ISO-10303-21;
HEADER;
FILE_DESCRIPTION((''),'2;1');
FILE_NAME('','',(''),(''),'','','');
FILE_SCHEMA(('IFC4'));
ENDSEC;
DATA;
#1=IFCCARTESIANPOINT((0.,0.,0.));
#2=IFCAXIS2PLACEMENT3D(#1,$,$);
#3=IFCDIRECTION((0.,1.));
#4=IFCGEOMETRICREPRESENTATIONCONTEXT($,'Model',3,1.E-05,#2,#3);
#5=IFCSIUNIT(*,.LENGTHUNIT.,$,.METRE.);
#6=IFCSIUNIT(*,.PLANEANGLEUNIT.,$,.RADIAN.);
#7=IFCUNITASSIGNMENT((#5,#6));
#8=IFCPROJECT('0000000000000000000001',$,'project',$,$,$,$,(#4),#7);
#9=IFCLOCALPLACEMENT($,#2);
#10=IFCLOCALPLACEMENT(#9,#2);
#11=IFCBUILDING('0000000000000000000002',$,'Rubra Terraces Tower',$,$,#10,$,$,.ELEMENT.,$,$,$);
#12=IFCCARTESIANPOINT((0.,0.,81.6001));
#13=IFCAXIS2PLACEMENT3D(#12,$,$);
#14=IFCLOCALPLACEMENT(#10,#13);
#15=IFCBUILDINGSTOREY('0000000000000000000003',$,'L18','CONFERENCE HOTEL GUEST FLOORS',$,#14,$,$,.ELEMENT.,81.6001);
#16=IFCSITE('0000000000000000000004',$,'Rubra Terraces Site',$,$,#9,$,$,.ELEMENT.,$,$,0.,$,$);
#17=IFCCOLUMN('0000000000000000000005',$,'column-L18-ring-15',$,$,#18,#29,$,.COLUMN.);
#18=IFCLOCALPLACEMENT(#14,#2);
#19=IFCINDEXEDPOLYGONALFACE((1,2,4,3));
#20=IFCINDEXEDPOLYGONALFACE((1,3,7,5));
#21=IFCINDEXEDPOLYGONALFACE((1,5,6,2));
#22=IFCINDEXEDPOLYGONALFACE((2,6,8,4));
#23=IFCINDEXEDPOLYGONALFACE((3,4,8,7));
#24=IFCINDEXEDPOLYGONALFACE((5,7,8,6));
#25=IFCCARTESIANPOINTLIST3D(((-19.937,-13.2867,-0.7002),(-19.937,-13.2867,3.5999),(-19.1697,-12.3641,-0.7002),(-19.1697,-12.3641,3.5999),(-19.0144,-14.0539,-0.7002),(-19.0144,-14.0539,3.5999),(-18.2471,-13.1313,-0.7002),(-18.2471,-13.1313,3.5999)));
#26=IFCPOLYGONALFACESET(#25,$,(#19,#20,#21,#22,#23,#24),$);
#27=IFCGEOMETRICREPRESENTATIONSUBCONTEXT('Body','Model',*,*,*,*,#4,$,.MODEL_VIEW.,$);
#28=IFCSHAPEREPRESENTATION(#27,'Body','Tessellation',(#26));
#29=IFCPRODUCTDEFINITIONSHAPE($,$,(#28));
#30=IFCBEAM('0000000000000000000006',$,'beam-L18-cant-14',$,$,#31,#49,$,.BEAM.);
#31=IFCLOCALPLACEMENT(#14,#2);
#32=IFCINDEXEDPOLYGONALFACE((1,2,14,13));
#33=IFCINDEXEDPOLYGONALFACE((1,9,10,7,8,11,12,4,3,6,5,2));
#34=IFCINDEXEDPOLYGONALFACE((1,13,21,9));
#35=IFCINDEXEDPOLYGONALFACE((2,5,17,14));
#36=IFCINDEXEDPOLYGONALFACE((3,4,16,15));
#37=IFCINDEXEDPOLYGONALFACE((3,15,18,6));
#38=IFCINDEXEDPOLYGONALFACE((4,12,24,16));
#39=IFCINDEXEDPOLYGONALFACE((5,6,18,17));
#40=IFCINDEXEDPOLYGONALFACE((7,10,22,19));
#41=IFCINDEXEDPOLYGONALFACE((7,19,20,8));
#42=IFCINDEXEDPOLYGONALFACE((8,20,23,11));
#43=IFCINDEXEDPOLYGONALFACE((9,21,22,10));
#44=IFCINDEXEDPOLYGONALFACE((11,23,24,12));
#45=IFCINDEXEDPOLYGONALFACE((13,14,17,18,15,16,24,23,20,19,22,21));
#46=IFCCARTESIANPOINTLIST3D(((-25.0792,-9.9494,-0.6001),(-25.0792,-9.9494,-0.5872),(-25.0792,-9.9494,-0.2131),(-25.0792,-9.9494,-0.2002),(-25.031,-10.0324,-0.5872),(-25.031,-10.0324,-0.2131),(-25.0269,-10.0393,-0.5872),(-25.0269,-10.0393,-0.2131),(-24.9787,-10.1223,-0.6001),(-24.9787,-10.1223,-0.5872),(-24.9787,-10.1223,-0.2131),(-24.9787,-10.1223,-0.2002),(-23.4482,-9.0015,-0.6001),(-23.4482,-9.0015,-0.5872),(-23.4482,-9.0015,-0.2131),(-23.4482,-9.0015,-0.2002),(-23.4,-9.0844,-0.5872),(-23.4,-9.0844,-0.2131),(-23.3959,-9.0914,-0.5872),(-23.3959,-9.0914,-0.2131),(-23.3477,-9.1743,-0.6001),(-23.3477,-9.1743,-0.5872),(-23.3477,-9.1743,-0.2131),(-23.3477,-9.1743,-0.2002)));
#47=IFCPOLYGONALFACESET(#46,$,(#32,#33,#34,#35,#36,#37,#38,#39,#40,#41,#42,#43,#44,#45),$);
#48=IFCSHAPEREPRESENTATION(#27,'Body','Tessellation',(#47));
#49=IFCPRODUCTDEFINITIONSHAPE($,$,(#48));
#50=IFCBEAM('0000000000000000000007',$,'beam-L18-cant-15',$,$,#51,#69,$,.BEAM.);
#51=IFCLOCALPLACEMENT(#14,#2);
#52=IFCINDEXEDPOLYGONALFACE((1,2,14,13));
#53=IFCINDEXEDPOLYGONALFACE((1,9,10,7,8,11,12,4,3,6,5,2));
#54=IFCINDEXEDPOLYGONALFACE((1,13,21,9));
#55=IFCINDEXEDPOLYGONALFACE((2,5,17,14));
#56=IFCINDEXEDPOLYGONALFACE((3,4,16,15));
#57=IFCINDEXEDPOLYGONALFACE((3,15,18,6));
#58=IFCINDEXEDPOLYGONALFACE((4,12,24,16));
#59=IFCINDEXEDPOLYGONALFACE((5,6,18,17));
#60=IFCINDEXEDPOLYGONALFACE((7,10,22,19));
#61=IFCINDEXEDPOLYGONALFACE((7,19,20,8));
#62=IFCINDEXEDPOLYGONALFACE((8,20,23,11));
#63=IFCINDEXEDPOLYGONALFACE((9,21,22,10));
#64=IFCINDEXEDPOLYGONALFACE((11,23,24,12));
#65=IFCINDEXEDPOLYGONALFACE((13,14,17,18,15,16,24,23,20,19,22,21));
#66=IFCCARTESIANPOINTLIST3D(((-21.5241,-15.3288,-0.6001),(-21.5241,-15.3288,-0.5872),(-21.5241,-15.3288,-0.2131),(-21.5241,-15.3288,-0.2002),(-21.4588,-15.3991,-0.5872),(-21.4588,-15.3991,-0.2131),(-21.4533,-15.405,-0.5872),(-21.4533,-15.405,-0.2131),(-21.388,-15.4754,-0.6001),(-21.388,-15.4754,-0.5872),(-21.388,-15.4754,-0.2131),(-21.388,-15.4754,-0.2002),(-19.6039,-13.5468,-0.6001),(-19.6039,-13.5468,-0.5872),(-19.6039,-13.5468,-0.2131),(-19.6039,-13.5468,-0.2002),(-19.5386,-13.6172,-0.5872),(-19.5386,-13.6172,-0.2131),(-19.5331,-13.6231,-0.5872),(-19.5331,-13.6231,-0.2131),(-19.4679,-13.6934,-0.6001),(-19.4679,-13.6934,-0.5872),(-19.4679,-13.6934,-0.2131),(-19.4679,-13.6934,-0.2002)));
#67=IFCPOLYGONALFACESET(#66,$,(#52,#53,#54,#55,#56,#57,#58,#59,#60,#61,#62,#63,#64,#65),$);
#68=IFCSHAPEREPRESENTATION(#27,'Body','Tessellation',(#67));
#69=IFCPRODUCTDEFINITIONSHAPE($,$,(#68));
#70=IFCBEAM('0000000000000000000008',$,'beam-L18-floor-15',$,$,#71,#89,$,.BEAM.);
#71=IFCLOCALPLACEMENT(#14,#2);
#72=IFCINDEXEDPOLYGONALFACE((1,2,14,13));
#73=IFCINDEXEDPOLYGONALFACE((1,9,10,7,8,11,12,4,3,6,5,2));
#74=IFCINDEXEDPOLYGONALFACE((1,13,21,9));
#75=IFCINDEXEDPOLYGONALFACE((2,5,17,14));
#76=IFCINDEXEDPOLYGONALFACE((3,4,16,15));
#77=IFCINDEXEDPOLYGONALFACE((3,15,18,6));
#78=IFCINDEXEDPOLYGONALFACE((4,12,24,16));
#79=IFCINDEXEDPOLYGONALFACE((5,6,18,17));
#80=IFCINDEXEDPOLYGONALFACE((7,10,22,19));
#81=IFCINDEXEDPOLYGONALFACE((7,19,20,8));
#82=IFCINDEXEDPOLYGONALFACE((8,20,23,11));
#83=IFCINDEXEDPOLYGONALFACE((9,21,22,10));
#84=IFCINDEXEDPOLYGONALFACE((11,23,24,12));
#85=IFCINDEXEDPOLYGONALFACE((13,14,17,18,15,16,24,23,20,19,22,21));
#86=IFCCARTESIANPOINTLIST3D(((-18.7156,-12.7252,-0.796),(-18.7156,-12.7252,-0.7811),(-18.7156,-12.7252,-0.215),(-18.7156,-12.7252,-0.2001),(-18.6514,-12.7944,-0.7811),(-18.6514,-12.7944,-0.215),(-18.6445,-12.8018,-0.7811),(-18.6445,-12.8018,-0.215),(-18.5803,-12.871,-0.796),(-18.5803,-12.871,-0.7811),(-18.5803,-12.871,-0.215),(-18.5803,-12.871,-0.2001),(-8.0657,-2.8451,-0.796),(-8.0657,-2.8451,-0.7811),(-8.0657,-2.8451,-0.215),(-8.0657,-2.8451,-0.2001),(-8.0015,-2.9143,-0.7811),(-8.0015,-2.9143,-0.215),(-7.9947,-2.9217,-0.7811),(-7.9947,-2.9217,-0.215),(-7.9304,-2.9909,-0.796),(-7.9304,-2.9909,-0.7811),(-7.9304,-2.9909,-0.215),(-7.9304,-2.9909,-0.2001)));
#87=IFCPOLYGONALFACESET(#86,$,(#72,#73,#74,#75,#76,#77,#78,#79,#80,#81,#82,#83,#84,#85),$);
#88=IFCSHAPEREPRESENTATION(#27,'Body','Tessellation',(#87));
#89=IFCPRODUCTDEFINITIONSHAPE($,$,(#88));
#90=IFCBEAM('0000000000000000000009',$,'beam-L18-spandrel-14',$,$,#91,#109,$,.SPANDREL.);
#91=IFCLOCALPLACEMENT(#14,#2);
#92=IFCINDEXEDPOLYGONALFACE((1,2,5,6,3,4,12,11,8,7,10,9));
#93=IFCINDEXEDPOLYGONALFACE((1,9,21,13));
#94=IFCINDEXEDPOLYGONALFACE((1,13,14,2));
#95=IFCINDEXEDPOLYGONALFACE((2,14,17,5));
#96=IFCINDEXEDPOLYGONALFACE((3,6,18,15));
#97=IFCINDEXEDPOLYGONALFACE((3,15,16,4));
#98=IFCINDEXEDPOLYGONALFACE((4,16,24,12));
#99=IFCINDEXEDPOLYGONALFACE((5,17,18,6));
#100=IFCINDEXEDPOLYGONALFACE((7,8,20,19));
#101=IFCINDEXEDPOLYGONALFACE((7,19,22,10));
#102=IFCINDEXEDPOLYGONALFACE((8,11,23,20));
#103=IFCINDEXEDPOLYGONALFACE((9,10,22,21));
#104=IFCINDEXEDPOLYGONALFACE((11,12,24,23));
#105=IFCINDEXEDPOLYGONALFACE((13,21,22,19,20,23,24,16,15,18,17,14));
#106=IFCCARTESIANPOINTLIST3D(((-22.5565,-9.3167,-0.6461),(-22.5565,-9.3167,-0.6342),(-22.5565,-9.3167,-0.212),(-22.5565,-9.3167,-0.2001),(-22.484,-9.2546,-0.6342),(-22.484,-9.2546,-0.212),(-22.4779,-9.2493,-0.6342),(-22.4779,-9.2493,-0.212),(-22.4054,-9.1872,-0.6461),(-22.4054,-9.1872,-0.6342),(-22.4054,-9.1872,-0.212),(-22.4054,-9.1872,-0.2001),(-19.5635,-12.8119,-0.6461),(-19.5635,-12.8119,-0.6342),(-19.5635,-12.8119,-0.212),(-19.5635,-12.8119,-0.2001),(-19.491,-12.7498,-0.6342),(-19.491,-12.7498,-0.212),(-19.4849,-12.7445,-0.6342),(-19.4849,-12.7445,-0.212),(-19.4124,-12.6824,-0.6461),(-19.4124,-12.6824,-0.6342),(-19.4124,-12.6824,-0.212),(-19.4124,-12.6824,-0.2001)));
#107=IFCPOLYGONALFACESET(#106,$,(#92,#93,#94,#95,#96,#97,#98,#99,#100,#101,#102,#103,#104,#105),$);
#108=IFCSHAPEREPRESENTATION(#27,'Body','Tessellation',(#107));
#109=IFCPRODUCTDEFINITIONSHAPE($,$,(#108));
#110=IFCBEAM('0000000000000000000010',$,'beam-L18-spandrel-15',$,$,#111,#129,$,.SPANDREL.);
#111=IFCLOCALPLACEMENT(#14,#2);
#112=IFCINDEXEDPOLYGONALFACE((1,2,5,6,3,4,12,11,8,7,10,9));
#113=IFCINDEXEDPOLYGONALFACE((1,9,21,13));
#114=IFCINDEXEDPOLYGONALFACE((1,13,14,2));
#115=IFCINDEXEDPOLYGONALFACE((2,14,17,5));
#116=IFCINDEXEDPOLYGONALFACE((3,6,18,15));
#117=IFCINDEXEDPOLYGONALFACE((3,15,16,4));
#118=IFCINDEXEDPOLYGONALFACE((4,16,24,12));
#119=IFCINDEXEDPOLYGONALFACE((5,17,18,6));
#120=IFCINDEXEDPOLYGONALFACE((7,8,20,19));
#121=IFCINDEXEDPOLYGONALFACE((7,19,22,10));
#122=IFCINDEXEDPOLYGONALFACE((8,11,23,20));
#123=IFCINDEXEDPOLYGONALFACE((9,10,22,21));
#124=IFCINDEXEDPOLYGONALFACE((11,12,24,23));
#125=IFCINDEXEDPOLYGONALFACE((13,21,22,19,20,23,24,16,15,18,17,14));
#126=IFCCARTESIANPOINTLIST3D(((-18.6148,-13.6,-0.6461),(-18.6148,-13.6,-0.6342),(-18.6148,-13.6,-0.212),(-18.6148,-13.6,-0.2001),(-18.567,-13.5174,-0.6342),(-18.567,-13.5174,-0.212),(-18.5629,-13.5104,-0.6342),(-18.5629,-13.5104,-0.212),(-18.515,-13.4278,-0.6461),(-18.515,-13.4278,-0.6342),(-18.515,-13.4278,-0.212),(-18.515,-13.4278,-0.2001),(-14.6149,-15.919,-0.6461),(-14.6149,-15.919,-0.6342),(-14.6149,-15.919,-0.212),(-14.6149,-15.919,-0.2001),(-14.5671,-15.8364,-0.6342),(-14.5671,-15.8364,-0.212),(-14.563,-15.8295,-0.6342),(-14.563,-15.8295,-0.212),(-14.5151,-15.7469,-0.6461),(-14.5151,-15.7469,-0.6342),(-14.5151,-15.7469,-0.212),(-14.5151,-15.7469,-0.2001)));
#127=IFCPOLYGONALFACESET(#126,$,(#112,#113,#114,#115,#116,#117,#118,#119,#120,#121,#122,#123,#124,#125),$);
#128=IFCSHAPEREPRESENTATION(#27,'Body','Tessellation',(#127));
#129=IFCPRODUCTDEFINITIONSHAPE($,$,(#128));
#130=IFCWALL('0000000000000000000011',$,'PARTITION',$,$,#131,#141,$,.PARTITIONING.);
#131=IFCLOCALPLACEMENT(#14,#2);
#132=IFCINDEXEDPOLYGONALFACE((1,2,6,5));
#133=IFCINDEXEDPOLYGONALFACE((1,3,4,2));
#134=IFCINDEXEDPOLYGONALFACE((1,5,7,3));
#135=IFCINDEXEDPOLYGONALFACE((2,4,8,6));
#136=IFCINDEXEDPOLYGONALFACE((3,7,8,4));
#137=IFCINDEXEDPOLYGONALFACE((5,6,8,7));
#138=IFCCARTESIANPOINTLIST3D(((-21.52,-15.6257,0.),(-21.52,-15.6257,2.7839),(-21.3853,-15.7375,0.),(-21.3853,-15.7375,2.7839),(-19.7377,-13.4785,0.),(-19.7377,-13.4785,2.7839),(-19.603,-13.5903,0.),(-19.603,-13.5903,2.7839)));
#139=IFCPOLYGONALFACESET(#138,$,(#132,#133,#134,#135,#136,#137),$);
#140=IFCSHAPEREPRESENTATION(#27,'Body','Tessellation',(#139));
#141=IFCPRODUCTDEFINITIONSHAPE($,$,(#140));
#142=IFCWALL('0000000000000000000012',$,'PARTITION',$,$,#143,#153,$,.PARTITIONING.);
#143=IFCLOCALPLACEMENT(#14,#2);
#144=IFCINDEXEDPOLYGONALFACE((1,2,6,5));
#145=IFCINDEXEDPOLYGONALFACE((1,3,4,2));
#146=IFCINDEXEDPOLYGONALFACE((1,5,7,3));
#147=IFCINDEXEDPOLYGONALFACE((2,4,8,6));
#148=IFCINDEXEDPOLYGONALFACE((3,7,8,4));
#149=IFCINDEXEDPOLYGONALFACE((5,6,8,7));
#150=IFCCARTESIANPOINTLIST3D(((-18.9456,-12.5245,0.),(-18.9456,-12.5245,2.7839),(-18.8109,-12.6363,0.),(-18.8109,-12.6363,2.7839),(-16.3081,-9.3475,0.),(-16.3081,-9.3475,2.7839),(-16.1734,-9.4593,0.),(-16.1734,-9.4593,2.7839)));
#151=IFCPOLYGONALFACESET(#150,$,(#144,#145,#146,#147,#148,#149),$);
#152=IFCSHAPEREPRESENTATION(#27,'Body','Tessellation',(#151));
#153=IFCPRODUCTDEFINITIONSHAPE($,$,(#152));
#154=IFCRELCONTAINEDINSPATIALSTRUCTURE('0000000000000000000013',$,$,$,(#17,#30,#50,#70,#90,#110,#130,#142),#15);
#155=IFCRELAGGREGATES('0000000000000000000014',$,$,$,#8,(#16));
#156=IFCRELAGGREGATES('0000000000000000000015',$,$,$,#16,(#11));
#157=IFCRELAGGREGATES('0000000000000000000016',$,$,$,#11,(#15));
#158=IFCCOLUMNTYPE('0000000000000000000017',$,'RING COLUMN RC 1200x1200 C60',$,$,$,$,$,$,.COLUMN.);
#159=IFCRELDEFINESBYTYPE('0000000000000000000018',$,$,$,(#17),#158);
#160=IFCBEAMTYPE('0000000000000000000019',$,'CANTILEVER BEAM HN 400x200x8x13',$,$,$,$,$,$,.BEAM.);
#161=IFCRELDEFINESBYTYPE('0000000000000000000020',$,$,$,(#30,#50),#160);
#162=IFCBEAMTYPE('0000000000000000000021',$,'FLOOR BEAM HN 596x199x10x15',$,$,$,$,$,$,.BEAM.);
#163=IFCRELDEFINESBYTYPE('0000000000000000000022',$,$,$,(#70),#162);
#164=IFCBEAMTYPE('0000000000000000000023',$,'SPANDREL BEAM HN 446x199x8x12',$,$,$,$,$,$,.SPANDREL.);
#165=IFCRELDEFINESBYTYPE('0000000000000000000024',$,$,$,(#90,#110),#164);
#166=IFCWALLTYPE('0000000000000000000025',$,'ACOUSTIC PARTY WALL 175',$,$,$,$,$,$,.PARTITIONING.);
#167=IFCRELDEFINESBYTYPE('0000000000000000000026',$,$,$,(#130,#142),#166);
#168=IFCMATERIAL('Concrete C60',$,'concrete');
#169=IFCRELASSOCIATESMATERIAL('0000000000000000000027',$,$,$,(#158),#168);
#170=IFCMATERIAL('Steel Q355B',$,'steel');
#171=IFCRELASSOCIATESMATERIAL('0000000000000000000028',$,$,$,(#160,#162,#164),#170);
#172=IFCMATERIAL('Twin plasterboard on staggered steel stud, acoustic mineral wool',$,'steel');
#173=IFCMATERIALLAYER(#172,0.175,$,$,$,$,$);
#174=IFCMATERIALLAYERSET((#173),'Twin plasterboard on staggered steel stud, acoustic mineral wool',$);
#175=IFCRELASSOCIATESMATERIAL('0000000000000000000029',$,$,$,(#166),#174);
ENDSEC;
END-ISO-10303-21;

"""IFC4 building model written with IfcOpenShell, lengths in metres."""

from ifc_helpers import new_model, si_unit, direction, frame, frame_2d, origin, origin_2d, place, context, subcontext, project, spatial, rectangle, i_section, extrude, material, layer, layer_set, material_profile, profile_set, type_object, element, save


model = new_model("IFC4")

# Units and contexts
model_context = context("Model", 3, precision=1e-05, world=origin(), true_north=direction((0.0, 1.0)))
body_context = subcontext(model_context, "Body", "Model", "MODEL_VIEW")
ifc_project = project(units=[si_unit("LENGTHUNIT", "METRE"), si_unit("PLANEANGLEUNIT", "RADIAN")], contexts=[model_context])

# Site, building, storey
site_placement = place(None, origin())
site = spatial("IfcSite", under=ifc_project, at=site_placement, Name="Rubra Terraces Site", CompositionType="ELEMENT", RefElevation=0.0)
building_placement = place(site_placement, origin())
building = spatial("IfcBuilding", under=site, at=building_placement, Name="Rubra Terraces Tower", CompositionType="ELEMENT")
storey_placement = place(building_placement, frame((0.0, 0.0, 81.6001)))
storey = spatial("IfcBuildingStorey", under=building, at=storey_placement, Name="L18", Description="CONFERENCE HOTEL GUEST FLOORS", CompositionType="ELEMENT", Elevation=81.6001)

# Column
ifc_material_1 = material(Name="Concrete C60", Category="concrete")
ifc_material_profile_1 = material_profile(ifc_material_1, rectangle(XDim=1.2, YDim=1.2, at=origin_2d()), Name="RC 1200x1200")
ifc_profile_set_1 = profile_set([ifc_material_profile_1], Name="Concrete C60")
column_type = type_object("IfcColumnType", Name="RING COLUMN RC 1200x1200 C60", PredefinedType="COLUMN", material=ifc_profile_set_1)
column_placement = place(storey_placement, frame((-19.092, -13.209, -0.7002), z_axis=(0.0, 0.0, 1.0), x_axis=(0.76887, -0.639405, 0.0)))
element("IfcColumn", 1, at=column_placement, inside=storey, type_object=column_type, Name="column-L18-ring-15", PredefinedType="COLUMN", context=body_context, shape_type="SweptSolid", body=[
    extrude(rectangle(XDim=1.2, YDim=1.2, at=origin_2d()), origin(), (0.0, 0.0, 1.0), 4.3),
])

# Beams
ifc_material_2 = material(Name="Steel Q355B", Category="steel")
ifc_material_profile_2 = material_profile(ifc_material_2, i_section(OverallWidth=0.2, OverallDepth=0.3999, WebThickness=0.0081, FlangeThickness=0.0129, at=origin_2d()), Name="HN 400x200x8x13")
ifc_profile_set_2 = profile_set([ifc_material_profile_2], Name="Steel Q355B")
beam_type_1 = type_object("IfcBeamType", Name="CANTILEVER BEAM HN 400x200x8x13", PredefinedType="BEAM", material=ifc_profile_set_2)
beam_1_placement = place(storey_placement, frame((-23.3979, -9.0879, -0.4001), z_axis=(-0.86458, -0.502494, 0.0), x_axis=(0.502494, -0.86458, 0.0)))
element("IfcBeam", 2, at=beam_1_placement, inside=storey, type_object=beam_type_1, Name="beam-L18-cant-14", PredefinedType="BEAM", context=body_context, shape_type="SweptSolid", body=[
    extrude(i_section(OverallWidth=0.2, OverallDepth=0.3999, WebThickness=0.0081, FlangeThickness=0.0129, at=origin_2d()), origin(), (0.0, 0.0, 1.0), 1.8865),
])
beam_2_placement = place(storey_placement, frame((-19.5359, -13.6201, -0.4001), z_axis=(-0.732989, -0.68024, 0.0), x_axis=(0.68024, -0.732989, 0.0)))
element("IfcBeam", 3, at=beam_2_placement, inside=storey, type_object=beam_type_1, Name="beam-L18-cant-15", PredefinedType="BEAM", context=body_context, shape_type="SweptSolid", body=[
    extrude(i_section(OverallWidth=0.2, OverallDepth=0.3999, WebThickness=0.0081, FlangeThickness=0.0129, at=origin_2d()), origin(), (0.0, 0.0, 1.0), 2.6196),
])
ifc_material_profile_3 = material_profile(ifc_material_2, i_section(OverallWidth=0.199, OverallDepth=0.5959, WebThickness=0.01, FlangeThickness=0.0149, at=origin_2d()), Name="HN 596x199x10x15")
ifc_profile_set_3 = profile_set([ifc_material_profile_3], Name="Steel Q355B")
beam_type_2 = type_object("IfcBeamType", Name="FLOOR BEAM HN 596x199x10x15", PredefinedType="BEAM", material=ifc_profile_set_3)
beam_3_placement = place(storey_placement, frame((-18.6479, -12.7981, -0.498), z_axis=(0.733105, 0.680116, 0.0), x_axis=(-0.680116, 0.733105, 0.0)))
element("IfcBeam", 4, at=beam_3_placement, inside=storey, type_object=beam_type_2, Name="beam-L18-floor-15", PredefinedType="BEAM", context=body_context, shape_type="SweptSolid", body=[
    extrude(i_section(OverallWidth=0.199, OverallDepth=0.5959, WebThickness=0.01, FlangeThickness=0.0149, at=origin_2d()), origin(), (0.0, 0.0, 1.0), 14.5271),
])
ifc_material_profile_4 = material_profile(ifc_material_2, i_section(OverallWidth=0.199, OverallDepth=0.446, WebThickness=0.0081, FlangeThickness=0.012, at=origin_2d()), Name="HN 446x199x8x12")
ifc_profile_set_4 = profile_set([ifc_material_profile_4], Name="Steel Q355B")
beam_type_3 = type_object("IfcBeamType", Name="SPANDREL BEAM HN 446x199x8x12", PredefinedType="SPANDREL", material=ifc_profile_set_4)
beam_4_placement = place(storey_placement, frame((-22.481, -9.252, -0.4231), z_axis=(0.650429, -0.759567, 0.0), x_axis=(0.759567, 0.650429, 0.0)))
element("IfcBeam", 5, at=beam_4_placement, inside=storey, type_object=beam_type_3, Name="beam-L18-spandrel-14", PredefinedType="SPANDREL", context=body_context, shape_type="SweptSolid", body=[
    extrude(i_section(OverallWidth=0.199, OverallDepth=0.446, WebThickness=0.0081, FlangeThickness=0.012, at=origin_2d()), origin(), (0.0, 0.0, 1.0), 4.6016),
])
beam_5_placement = place(storey_placement, frame((-18.5649, -13.5139, -0.4231), z_axis=(0.865116, -0.501571, 0.0), x_axis=(0.501571, 0.865116, 0.0)))
element("IfcBeam", 6, at=beam_5_placement, inside=storey, type_object=beam_type_3, Name="beam-L18-spandrel-15", PredefinedType="SPANDREL", context=body_context, shape_type="SweptSolid", body=[
    extrude(i_section(OverallWidth=0.199, OverallDepth=0.446, WebThickness=0.0081, FlangeThickness=0.012, at=origin_2d()), origin(), (0.0, 0.0, 1.0), 4.6235),
])

# Walls
ifc_material_3 = material(Name="Twin plasterboard on staggered steel stud, acoustic mineral wool", Category="steel")
ifc_layer_1 = layer(ifc_material_3, 0.175)
ifc_layer_set_1 = layer_set([ifc_layer_1], Name="Twin plasterboard on staggered steel stud, acoustic mineral wool")
wall_type_1 = type_object("IfcWallType", Name="ACOUSTIC PARTY WALL 175", PredefinedType="PARTITIONING", material=ifc_layer_set_1)
wall_1_placement = place(storey_placement, frame((-21.4526, -15.6816, 0.0), z_axis=(0.0, 0.0, 1.0), x_axis=(0.638677, 0.769475, 0.0)))
element("IfcWall", 7, at=wall_1_placement, inside=storey, type_object=wall_type_1, Name="PARTITION", PredefinedType="PARTITIONING", context=body_context, shape_type="SweptSolid", body=[
    extrude(rectangle(XDim=2.7905, YDim=0.175, at=frame_2d((1.3953, 0.0))), origin(), (0.0, 0.0, 1.0), 2.7839),
])
wall_2_placement = place(storey_placement, frame((-18.8782, -12.5803, 0.0), z_axis=(0.0, 0.0, 1.0), x_axis=(0.638747, 0.769417, 0.0)))
element("IfcWall", 8, at=wall_2_placement, inside=storey, type_object=wall_type_1, Name="PARTITION", PredefinedType="PARTITIONING", context=body_context, shape_type="SweptSolid", body=[
    extrude(rectangle(XDim=4.1292, YDim=0.175, at=frame_2d((2.0645, 0.0))), origin(), (0.0, 0.0, 1.0), 2.7839),
])

save(model, "model.ifc")
